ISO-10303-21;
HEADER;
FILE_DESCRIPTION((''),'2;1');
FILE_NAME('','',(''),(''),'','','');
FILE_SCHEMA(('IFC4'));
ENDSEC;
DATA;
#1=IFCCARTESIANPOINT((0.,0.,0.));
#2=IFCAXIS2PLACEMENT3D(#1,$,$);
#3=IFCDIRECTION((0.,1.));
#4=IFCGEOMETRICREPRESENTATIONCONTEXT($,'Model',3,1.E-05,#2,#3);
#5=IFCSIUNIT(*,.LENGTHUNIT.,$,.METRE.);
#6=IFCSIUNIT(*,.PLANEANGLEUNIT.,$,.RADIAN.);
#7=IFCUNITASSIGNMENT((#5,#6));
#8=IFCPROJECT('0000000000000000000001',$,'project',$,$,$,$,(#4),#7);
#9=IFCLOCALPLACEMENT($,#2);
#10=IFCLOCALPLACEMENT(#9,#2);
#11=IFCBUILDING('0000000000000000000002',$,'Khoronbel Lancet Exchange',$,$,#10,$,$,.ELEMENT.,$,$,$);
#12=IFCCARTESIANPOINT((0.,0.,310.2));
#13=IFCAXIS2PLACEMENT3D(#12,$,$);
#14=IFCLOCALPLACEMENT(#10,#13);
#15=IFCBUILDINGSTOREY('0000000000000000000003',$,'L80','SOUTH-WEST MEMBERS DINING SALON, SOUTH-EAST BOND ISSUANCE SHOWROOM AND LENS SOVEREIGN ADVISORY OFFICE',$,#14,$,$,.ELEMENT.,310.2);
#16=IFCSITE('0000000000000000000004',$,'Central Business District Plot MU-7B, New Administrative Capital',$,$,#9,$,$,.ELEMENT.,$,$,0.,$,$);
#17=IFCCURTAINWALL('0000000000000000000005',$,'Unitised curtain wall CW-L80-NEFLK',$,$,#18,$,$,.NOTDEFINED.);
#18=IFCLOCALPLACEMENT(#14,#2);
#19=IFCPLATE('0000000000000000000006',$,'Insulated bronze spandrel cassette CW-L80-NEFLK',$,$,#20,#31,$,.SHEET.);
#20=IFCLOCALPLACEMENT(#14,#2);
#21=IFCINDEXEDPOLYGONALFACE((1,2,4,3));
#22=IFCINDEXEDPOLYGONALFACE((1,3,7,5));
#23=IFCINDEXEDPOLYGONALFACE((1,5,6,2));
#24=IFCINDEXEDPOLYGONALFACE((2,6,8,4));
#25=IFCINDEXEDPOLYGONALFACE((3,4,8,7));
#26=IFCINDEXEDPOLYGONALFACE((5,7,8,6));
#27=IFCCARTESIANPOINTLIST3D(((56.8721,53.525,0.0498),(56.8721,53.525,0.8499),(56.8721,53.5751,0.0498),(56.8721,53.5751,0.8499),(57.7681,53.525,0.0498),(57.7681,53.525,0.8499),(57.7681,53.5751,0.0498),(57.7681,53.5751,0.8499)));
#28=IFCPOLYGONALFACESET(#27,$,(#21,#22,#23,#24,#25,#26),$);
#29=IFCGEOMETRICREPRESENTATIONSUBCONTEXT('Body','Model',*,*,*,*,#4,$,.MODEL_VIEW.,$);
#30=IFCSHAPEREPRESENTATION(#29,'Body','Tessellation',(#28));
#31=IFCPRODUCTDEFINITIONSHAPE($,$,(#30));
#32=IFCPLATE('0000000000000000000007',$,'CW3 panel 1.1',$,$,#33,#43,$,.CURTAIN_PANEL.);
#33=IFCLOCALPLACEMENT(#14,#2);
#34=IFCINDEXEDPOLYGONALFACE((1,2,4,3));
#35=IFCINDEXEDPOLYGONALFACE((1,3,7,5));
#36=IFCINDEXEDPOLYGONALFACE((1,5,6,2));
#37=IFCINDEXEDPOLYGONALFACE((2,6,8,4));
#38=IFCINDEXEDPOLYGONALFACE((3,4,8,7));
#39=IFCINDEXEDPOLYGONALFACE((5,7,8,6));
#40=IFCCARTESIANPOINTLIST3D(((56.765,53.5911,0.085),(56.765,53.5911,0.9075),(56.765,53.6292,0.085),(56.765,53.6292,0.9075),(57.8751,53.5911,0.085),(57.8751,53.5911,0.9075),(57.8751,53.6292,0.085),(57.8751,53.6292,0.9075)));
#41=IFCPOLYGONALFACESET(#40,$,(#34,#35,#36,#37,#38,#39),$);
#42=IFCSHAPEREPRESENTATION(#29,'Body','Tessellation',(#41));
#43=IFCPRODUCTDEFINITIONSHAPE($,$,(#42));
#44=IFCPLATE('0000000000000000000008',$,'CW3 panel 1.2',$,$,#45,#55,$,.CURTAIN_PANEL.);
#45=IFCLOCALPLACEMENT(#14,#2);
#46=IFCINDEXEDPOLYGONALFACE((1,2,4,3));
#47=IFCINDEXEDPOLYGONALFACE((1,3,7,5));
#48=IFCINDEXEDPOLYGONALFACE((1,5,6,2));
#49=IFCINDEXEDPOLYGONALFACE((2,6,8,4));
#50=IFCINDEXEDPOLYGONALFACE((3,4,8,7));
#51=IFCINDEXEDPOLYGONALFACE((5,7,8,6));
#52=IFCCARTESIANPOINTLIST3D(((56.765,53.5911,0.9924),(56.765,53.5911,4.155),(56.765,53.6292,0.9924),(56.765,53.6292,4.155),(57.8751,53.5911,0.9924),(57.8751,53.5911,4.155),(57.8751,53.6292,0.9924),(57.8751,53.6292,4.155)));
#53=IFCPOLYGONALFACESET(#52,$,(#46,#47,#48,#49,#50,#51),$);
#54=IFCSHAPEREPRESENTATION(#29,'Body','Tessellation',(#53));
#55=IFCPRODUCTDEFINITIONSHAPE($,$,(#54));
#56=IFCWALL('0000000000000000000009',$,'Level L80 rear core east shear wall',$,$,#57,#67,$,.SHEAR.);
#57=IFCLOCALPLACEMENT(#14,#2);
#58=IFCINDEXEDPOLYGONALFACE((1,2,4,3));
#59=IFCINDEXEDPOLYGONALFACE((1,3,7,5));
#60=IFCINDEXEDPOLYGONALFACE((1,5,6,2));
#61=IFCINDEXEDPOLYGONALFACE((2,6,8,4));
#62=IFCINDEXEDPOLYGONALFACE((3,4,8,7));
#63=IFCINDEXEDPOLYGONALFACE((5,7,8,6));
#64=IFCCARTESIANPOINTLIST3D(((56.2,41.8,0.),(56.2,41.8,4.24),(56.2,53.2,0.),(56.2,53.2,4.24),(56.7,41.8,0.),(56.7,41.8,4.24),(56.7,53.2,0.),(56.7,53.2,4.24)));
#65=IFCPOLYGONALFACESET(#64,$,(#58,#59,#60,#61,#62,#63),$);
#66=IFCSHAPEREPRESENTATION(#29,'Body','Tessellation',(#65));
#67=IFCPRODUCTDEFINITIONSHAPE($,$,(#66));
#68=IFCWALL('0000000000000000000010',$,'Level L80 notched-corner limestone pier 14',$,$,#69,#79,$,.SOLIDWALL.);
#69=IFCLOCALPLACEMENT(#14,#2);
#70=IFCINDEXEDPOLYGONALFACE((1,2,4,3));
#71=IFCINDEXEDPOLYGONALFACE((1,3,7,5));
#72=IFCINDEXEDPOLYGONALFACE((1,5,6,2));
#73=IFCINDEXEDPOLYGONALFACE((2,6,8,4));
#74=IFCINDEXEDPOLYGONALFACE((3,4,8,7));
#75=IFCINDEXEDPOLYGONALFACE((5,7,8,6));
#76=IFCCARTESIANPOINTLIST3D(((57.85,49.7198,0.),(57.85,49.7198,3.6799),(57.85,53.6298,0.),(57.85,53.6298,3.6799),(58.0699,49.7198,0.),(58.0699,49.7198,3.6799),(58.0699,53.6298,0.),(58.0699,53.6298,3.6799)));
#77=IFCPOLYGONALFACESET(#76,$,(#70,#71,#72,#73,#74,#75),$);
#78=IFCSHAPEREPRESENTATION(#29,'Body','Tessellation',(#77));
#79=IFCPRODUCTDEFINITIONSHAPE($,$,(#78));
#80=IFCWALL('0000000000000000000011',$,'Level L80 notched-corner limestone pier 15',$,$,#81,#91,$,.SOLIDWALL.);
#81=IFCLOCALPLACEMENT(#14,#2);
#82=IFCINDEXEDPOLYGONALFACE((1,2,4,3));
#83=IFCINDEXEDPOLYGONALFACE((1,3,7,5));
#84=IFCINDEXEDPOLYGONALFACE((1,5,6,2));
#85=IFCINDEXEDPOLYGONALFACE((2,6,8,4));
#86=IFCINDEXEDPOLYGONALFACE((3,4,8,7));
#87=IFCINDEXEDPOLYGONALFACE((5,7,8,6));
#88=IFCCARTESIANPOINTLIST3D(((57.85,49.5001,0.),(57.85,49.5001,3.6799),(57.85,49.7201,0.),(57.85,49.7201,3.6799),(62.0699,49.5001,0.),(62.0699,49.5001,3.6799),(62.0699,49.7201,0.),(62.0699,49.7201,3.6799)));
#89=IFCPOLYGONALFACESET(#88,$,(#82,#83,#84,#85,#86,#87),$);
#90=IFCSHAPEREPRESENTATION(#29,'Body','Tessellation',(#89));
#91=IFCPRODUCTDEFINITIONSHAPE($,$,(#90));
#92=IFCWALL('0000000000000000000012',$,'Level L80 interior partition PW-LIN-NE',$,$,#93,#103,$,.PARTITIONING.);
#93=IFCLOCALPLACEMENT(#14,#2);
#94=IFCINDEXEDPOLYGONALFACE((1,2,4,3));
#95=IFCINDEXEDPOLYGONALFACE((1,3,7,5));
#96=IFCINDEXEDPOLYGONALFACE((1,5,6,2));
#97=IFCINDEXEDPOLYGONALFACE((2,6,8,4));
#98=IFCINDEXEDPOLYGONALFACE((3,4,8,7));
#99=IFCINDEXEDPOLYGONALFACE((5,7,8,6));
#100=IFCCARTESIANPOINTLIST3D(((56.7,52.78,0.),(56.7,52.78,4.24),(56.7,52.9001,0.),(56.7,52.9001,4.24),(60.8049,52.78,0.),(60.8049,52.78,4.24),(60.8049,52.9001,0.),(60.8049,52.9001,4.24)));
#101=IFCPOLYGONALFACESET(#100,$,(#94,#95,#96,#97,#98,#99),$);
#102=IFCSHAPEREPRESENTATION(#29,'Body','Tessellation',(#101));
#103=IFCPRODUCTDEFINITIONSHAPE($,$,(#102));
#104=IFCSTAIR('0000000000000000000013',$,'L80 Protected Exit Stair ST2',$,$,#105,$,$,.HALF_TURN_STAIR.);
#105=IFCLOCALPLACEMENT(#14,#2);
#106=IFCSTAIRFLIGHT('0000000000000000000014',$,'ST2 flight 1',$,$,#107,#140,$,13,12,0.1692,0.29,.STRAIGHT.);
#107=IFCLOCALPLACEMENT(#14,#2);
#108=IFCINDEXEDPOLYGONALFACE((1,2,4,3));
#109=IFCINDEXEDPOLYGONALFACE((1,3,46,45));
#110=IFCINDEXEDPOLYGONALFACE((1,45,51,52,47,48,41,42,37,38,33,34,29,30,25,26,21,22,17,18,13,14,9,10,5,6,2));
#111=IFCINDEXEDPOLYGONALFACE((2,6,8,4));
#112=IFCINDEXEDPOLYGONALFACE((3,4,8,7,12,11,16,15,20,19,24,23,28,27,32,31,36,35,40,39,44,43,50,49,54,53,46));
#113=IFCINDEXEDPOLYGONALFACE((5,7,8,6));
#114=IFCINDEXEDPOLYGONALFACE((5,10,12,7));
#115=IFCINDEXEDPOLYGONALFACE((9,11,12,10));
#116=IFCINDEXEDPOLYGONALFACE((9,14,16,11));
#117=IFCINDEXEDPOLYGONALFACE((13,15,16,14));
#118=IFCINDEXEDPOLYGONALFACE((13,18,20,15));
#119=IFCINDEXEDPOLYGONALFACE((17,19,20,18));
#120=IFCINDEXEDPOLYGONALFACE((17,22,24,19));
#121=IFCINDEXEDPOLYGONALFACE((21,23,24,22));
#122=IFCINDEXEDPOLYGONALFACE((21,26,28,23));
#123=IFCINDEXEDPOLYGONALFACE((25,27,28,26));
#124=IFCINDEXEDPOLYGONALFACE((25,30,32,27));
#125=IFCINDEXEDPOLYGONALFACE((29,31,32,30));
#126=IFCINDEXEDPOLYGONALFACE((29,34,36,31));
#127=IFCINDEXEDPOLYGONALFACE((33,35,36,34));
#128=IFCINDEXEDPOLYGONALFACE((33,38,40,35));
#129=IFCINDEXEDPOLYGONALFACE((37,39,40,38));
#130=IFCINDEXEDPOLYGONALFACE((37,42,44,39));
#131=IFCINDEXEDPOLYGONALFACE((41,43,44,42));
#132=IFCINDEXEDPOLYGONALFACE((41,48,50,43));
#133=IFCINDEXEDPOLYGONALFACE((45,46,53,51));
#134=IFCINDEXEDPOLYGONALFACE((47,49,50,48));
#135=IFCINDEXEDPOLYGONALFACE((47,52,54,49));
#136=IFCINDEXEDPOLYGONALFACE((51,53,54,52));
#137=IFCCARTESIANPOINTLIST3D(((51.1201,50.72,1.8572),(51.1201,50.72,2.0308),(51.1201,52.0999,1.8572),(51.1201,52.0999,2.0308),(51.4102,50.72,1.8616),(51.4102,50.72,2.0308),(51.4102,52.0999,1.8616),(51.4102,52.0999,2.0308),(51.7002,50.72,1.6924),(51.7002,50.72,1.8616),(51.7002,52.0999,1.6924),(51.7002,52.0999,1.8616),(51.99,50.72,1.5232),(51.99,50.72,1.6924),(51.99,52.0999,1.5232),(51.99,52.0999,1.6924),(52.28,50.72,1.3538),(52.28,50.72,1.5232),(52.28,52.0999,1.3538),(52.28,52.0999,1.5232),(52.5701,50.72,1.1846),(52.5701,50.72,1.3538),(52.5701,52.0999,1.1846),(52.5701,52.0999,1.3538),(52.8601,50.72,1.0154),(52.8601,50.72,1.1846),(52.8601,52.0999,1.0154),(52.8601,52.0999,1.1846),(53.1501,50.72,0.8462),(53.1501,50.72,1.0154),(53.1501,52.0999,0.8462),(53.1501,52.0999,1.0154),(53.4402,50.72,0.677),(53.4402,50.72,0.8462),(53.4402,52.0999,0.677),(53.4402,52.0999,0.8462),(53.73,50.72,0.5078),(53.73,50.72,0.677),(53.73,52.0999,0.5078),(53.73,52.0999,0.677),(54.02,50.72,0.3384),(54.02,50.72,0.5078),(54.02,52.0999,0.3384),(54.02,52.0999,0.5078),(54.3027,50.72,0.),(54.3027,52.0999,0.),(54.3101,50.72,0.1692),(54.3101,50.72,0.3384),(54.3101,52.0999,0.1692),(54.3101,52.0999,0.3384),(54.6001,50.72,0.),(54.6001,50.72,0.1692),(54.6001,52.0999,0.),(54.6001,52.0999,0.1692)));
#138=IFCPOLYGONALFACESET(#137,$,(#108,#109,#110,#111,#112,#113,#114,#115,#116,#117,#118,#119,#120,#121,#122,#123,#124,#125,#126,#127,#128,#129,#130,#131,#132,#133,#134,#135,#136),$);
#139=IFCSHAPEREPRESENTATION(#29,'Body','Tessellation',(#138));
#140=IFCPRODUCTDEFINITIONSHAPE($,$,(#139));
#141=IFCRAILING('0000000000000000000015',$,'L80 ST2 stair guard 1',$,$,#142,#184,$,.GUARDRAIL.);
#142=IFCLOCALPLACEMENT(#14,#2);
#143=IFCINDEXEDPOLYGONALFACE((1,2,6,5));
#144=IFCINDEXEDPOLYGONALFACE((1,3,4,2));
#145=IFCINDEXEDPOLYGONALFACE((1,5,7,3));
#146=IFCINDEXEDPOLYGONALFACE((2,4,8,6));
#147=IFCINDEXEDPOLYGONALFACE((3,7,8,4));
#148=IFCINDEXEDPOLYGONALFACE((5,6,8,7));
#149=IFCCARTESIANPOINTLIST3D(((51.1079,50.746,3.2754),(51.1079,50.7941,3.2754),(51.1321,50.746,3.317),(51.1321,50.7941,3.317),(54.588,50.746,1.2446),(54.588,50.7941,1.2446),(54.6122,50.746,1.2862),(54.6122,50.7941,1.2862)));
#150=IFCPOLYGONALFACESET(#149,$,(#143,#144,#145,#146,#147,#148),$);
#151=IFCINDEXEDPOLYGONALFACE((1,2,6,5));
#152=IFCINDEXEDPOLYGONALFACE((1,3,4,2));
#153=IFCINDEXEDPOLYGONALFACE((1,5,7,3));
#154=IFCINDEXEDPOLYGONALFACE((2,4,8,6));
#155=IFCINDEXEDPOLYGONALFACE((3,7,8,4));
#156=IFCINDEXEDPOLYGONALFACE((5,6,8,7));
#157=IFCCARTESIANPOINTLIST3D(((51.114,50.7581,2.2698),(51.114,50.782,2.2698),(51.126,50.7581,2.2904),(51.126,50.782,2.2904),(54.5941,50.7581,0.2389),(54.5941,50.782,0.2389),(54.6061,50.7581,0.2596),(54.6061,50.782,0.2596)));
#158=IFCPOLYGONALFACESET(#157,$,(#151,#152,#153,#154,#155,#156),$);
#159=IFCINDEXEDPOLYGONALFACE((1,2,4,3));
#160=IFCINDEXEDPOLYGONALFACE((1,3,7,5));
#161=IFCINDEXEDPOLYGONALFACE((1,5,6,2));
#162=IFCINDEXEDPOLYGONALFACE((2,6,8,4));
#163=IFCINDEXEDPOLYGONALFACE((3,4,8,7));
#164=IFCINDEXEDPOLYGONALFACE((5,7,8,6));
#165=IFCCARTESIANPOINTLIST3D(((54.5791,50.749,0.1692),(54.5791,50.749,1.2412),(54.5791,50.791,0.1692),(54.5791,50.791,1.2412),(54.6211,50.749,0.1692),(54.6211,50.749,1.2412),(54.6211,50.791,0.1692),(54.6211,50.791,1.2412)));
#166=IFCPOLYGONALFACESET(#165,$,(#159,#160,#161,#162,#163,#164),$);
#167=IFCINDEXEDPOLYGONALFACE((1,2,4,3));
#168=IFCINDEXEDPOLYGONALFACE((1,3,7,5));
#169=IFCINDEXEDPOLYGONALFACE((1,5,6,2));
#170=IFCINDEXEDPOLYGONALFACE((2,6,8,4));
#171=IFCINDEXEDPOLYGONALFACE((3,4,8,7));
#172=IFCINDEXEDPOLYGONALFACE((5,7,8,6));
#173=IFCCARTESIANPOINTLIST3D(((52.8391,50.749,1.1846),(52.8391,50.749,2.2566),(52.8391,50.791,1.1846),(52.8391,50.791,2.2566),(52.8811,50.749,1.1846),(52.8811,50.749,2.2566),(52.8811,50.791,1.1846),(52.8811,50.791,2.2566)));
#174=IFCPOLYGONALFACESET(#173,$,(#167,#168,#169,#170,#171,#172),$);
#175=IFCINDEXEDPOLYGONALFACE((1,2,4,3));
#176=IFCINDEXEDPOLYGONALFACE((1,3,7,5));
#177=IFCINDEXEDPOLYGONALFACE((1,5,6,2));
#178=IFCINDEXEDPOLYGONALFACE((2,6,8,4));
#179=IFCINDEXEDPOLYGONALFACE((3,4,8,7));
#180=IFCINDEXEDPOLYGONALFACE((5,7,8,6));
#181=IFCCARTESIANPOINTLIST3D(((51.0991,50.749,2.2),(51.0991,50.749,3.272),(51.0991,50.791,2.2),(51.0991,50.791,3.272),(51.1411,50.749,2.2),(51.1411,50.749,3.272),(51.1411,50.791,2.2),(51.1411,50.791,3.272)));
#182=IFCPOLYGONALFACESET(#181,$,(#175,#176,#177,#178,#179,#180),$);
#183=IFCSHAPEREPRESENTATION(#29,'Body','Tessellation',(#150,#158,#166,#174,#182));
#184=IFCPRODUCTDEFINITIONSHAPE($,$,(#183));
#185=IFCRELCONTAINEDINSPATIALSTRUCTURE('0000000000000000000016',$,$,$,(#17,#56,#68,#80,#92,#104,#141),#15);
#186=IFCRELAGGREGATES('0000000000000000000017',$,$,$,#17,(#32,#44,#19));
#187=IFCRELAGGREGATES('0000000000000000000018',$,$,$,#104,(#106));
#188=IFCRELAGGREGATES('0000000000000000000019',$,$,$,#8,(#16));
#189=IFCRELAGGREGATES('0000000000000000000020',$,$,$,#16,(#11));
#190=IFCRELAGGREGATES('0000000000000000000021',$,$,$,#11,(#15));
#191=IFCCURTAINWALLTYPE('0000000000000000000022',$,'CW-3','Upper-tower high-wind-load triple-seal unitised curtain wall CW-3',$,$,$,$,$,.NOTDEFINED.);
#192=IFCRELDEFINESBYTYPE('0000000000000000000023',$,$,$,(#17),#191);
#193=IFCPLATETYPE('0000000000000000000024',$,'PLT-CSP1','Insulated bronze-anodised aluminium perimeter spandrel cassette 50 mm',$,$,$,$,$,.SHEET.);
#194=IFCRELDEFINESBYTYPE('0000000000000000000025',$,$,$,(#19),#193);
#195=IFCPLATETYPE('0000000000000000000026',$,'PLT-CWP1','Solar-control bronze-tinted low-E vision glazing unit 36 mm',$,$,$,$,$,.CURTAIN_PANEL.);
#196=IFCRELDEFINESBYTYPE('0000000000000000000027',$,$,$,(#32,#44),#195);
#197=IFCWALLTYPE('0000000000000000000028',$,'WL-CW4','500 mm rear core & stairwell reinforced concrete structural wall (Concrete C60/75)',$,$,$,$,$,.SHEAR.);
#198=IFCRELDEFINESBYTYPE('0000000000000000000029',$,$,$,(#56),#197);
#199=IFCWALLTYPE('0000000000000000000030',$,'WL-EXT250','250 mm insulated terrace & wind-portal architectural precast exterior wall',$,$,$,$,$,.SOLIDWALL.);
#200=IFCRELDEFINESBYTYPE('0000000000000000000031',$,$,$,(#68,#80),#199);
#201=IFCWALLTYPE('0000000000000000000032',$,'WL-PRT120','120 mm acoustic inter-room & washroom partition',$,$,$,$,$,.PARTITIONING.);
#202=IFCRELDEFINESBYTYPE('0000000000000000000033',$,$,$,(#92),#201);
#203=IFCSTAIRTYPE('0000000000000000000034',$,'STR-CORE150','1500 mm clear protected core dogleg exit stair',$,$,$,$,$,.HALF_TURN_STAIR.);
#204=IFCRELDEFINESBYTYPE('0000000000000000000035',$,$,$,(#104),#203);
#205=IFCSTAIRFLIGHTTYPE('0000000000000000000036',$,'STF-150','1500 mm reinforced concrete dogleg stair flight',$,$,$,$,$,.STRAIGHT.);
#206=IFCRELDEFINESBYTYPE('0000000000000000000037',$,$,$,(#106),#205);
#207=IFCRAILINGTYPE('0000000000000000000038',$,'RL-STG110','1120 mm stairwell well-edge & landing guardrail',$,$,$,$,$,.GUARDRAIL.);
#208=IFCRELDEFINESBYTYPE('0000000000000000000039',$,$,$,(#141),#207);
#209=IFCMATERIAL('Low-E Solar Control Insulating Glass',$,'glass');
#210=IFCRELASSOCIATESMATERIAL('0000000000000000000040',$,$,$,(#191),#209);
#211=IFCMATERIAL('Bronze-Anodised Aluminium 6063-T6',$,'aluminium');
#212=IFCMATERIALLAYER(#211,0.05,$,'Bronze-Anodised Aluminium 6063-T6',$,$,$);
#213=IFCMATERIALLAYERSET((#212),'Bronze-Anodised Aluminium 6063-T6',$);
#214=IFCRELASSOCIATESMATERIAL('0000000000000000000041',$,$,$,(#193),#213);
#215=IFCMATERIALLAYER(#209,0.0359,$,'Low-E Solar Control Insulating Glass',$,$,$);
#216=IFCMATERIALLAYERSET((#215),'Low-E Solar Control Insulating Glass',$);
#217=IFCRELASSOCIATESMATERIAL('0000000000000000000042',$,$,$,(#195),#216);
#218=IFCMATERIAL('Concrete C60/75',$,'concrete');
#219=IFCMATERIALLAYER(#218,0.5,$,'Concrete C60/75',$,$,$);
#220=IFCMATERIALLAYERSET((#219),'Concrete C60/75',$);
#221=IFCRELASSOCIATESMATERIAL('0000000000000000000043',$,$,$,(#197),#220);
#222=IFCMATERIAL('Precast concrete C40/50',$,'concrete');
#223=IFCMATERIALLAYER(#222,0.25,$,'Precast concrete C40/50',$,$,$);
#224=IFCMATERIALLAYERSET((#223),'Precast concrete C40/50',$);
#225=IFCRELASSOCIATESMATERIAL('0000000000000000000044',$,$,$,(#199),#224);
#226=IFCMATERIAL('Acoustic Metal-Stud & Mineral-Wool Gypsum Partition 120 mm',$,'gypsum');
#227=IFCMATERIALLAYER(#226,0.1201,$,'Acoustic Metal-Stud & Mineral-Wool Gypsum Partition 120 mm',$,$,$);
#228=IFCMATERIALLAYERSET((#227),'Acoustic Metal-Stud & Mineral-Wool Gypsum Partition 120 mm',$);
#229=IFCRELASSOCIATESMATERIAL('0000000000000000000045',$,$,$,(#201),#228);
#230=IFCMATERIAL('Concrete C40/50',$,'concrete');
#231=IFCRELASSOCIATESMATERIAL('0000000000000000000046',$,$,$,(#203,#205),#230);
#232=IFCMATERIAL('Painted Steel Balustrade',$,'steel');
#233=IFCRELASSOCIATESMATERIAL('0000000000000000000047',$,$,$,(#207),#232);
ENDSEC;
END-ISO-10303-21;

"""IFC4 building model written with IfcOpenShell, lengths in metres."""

from ifc_helpers import new_model, si_unit, direction, frame, frame_2d, origin, origin_2d, place, context, subcontext, project, spatial, polyline, rectangle, outline, extrude, material, layer, layer_set, type_object, element, aggregate, save


model = new_model("IFC4")

# Units and contexts
model_context = context("Model", 3, precision=1e-05, world=origin(), true_north=direction((0.0, 1.0)))
body_context = subcontext(model_context, "Body", "Model", "MODEL_VIEW")
ifc_project = project(units=[si_unit("LENGTHUNIT", "METRE"), si_unit("PLANEANGLEUNIT", "RADIAN")], contexts=[model_context])

# Site, building, storey
site_placement = place(None, origin())
site = spatial("IfcSite", under=ifc_project, at=site_placement, Name="Central Business District Plot MU-7B, New Administrative Capital", CompositionType="ELEMENT", RefElevation=0.0)
building_placement = place(site_placement, origin())
building = spatial("IfcBuilding", under=site, at=building_placement, Name="Khoronbel Lancet Exchange", CompositionType="ELEMENT")
storey_placement = place(building_placement, frame((0.0, 0.0, 310.2)))
storey = spatial("IfcBuildingStorey", under=building, at=storey_placement, Name="L80", Description="SOUTH-WEST MEMBERS DINING SALON, SOUTH-EAST BOND ISSUANCE SHOWROOM AND LENS SOVEREIGN ADVISORY OFFICE", CompositionType="ELEMENT", Elevation=310.2)

# Curtain wall, plates
ifc_material_1 = material(Name="Low-E Solar Control Insulating Glass", Category="glass")
curtain_wall_type = type_object("IfcCurtainWallType", Name="CW-3", Description="Upper-tower high-wind-load triple-seal unitised curtain wall CW-3", PredefinedType="NOTDEFINED", material=ifc_material_1)
curtain_wall_placement = place(storey_placement, origin())
curtain_wall = element("IfcCurtainWall", 1, at=curtain_wall_placement, inside=storey, type_object=curtain_wall_type, Name="Unitised curtain wall CW-L80-NEFLK", PredefinedType="NOTDEFINED")
ifc_material_2 = material(Name="Bronze-Anodised Aluminium 6063-T6", Category="aluminium")
ifc_layer_1 = layer(ifc_material_2, 0.05, Name="Bronze-Anodised Aluminium 6063-T6")
ifc_layer_set_1 = layer_set([ifc_layer_1], Name="Bronze-Anodised Aluminium 6063-T6")
plate_type_1 = type_object("IfcPlateType", Name="PLT-CSP1", Description="Insulated bronze-anodised aluminium perimeter spandrel cassette 50 mm", PredefinedType="SHEET", material=ifc_layer_set_1)
plate_1_placement = place(storey_placement, frame((57.3201, 53.55, 0.0498), z_axis=(0.0, 0.0, 1.0), x_axis=(-1.0, 0.0, 0.0)))
plate_1 = element("IfcPlate", 2, at=plate_1_placement, type_object=plate_type_1, Name="Insulated bronze spandrel cassette CW-L80-NEFLK", PredefinedType="SHEET", context=body_context, shape_type="SweptSolid", body=[
    extrude(rectangle(XDim=0.896, YDim=0.05, at=origin_2d()), origin(), (0.0, 0.0, 1.0), 0.8),
])
ifc_layer_2 = layer(ifc_material_1, 0.0359, Name="Low-E Solar Control Insulating Glass")
ifc_layer_set_2 = layer_set([ifc_layer_2], Name="Low-E Solar Control Insulating Glass")
plate_type_2 = type_object("IfcPlateType", Name="PLT-CWP1", Description="Solar-control bronze-tinted low-E vision glazing unit 36 mm", PredefinedType="CURTAIN_PANEL", material=ifc_layer_set_2)
plate_2_placement = place(storey_placement, frame((57.3201, 53.6101, 0.085), z_axis=(0.0, 0.0, 1.0), x_axis=(-1.0, 0.0, 0.0)))
plate_2 = element("IfcPlate", 3, at=plate_2_placement, type_object=plate_type_2, Name="CW3 panel 1.1", PredefinedType="CURTAIN_PANEL", context=body_context, shape_type="SweptSolid", body=[
    extrude(rectangle(XDim=1.1101, YDim=0.0381, at=origin_2d()), origin(), (0.0, 0.0, 1.0), 0.8225),
])
plate_3_placement = place(storey_placement, frame((57.3201, 53.6101, 0.9924), z_axis=(0.0, 0.0, 1.0), x_axis=(-1.0, 0.0, 0.0)))
plate_3 = element("IfcPlate", 4, at=plate_3_placement, type_object=plate_type_2, Name="CW3 panel 1.2", PredefinedType="CURTAIN_PANEL", context=body_context, shape_type="SweptSolid", body=[
    extrude(rectangle(XDim=1.1101, YDim=0.0381, at=origin_2d()), origin(), (0.0, 0.0, 1.0), 3.1626),
])
aggregate(curtain_wall, [plate_2, plate_3, plate_1])

# Walls
ifc_material_3 = material(Name="Concrete C60/75", Category="concrete")
ifc_layer_3 = layer(ifc_material_3, 0.5, Name="Concrete C60/75")
ifc_layer_set_3 = layer_set([ifc_layer_3], Name="Concrete C60/75")
wall_type_1 = type_object("IfcWallType", Name="WL-CW4", Description="500 mm rear core & stairwell reinforced concrete structural wall (Concrete C60/75)", PredefinedType="SHEAR", material=ifc_layer_set_3)
wall_1_placement = place(storey_placement, frame((56.45, 53.2, 0.0), z_axis=(0.0, 0.0, 1.0), x_axis=(0.0, -1.0, 0.0)))
element("IfcWall", 5, at=wall_1_placement, inside=storey, type_object=wall_type_1, Name="Level L80 rear core east shear wall", PredefinedType="SHEAR", context=body_context, shape_type="SweptSolid", body=[
    extrude(rectangle(XDim=11.3999, YDim=0.5, at=frame_2d((5.7, 0.0))), origin(), (0.0, 0.0, 1.0), 4.24),
])
ifc_material_4 = material(Name="Precast concrete C40/50", Category="concrete")
ifc_layer_4 = layer(ifc_material_4, 0.25, Name="Precast concrete C40/50")
ifc_layer_set_4 = layer_set([ifc_layer_4], Name="Precast concrete C40/50")
wall_type_2 = type_object("IfcWallType", Name="WL-EXT250", Description="250 mm insulated terrace & wind-portal architectural precast exterior wall", PredefinedType="SOLIDWALL", material=ifc_layer_set_4)
wall_2_placement = place(storey_placement, frame((57.96, 53.6299, 0.0), z_axis=(0.0, 0.0, 1.0), x_axis=(0.0, -1.0, 0.0)))
element("IfcWall", 6, at=wall_2_placement, inside=storey, type_object=wall_type_2, Name="Level L80 notched-corner limestone pier 14", PredefinedType="SOLIDWALL", context=body_context, shape_type="SweptSolid", body=[
    extrude(rectangle(XDim=3.9099, YDim=0.22, at=frame_2d((1.9551, 0.0))), origin(), (0.0, 0.0, 1.0), 3.6799),
])
wall_3_placement = place(storey_placement, frame((57.8501, 49.6101, 0.0), z_axis=(0.0, 0.0, 1.0), x_axis=(1.0, 0.0, 0.0)))
element("IfcWall", 7, at=wall_3_placement, inside=storey, type_object=wall_type_2, Name="Level L80 notched-corner limestone pier 15", PredefinedType="SOLIDWALL", context=body_context, shape_type="SweptSolid", body=[
    extrude(rectangle(XDim=4.22, YDim=0.22, at=frame_2d((2.1099, 0.0))), origin(), (0.0, 0.0, 1.0), 3.6799),
])
ifc_material_5 = material(Name="Acoustic Metal-Stud & Mineral-Wool Gypsum Partition 120 mm", Category="gypsum")
ifc_layer_5 = layer(ifc_material_5, 0.1201, Name="Acoustic Metal-Stud & Mineral-Wool Gypsum Partition 120 mm")
ifc_layer_set_5 = layer_set([ifc_layer_5], Name="Acoustic Metal-Stud & Mineral-Wool Gypsum Partition 120 mm")
wall_type_3 = type_object("IfcWallType", Name="WL-PRT120", Description="120 mm acoustic inter-room & washroom partition", PredefinedType="PARTITIONING", material=ifc_layer_set_5)
wall_4_placement = place(storey_placement, frame((56.7, 52.8401, 0.0), z_axis=(0.0, 0.0, 1.0), x_axis=(1.0, 0.0, 0.0)))
element("IfcWall", 8, at=wall_4_placement, inside=storey, type_object=wall_type_3, Name="Level L80 interior partition PW-LIN-NE", PredefinedType="PARTITIONING", context=body_context, shape_type="SweptSolid", body=[
    extrude(rectangle(XDim=4.105, YDim=0.1201, at=frame_2d((2.0525, 0.0))), origin(), (0.0, 0.0, 1.0), 4.24),
])

# Stair, stair flight
ifc_material_6 = material(Name="Concrete C40/50", Category="concrete")
stair_type = type_object("IfcStairType", Name="STR-CORE150", Description="1500 mm clear protected core dogleg exit stair", PredefinedType="HALF_TURN_STAIR", material=ifc_material_6)
stair_placement = place(storey_placement, origin())
stair = element("IfcStair", 9, at=stair_placement, inside=storey, type_object=stair_type, Name="L80 Protected Exit Stair ST2", PredefinedType="HALF_TURN_STAIR")
stair_flight_type = type_object("IfcStairFlightType", Name="STF-150", Description="1500 mm reinforced concrete dogleg stair flight", PredefinedType="STRAIGHT", material=ifc_material_6)
stair_flight_placement = place(storey_placement, frame((54.6001, 51.4099, 0.0), z_axis=(0.0, 0.0, 1.0), x_axis=(-1.0, 0.0, 0.0)))
stair_flight = element("IfcStairFlight", 10, at=stair_flight_placement, type_object=stair_flight_type, Name="ST2 flight 1", NumberOfRisers=13, NumberOfTreads=12, PredefinedType="STRAIGHT", RiserHeight=0.1692, TreadLength=0.29, context=body_context, shape_type="SweptSolid", body=[
    extrude(outline(polyline([(0.0, 0.0), (0.0, 0.1692), (0.29, 0.1692), (0.29, 0.3384), (0.5801, 0.3384), (0.5801, 0.5078), (0.8701, 0.5078), (0.8701, 0.677), (1.1599, 0.677), (1.1599, 0.8462), (1.45, 0.8462), (1.45, 1.0154), (1.74, 1.0154), (1.74, 1.1846), (2.03, 1.1846), (2.03, 1.3538), (2.3201, 1.3538), (2.3201, 1.5232), (2.6101, 1.5232), (2.6101, 1.6924), (2.8999, 1.6924), (2.8999, 1.8616), (3.1899, 1.8616), (3.1899, 2.0308), (3.48, 2.0308), (3.48, 2.2), (3.48, 1.8572), (0.2974, 0.0), (0.0, 0.0)])), frame((0.0, 0.6899, 0.0), z_axis=(0.0, -1.0, 0.0), x_axis=(1.0, 0.0, 0.0)), (0.0, 0.0, 1.0), 1.3799),
])
aggregate(stair, [stair_flight])

# Railing
ifc_material_7 = material(Name="Painted Steel Balustrade", Category="steel")
railing_type_1 = type_object("IfcRailingType", Name="RL-STG110", Description="1120 mm stairwell well-edge & landing guardrail", PredefinedType="GUARDRAIL", material=ifc_material_7)
railing_1_placement = place(storey_placement, frame((54.6001, 50.77, 0.1692)))
element("IfcRailing", 11, at=railing_1_placement, inside=storey, type_object=railing_type_1, Name="L80 ST2 stair guard 1", PredefinedType="GUARDRAIL", context=body_context, shape_type="SweptSolid", body=[
    extrude(rectangle(XDim=0.0481, YDim=0.0481, at=origin_2d()), frame((0.0, 0.0, 1.0962), z_axis=(-0.863695, 0.0, 0.504014), x_axis=(0.0, -1.0, 0.0)), (0.0, 0.0, 1.0), 4.0293),
    extrude(rectangle(XDim=0.0239, YDim=0.0239, at=origin_2d()), frame((0.0, 0.0, 0.0801), z_axis=(-0.863695, 0.0, 0.504014), x_axis=(0.0, -1.0, 0.0)), (0.0, 0.0, 1.0), 4.0293),
    extrude(rectangle(XDim=0.042, YDim=0.042, at=origin_2d()), origin(), (0.0, 0.0, 1.0), 1.072),
    extrude(rectangle(XDim=0.042, YDim=0.042, at=origin_2d()), frame((-1.74, 0.0, 1.0154)), (0.0, 0.0, 1.0), 1.072),
    extrude(rectangle(XDim=0.042, YDim=0.042, at=origin_2d()), frame((-3.48, 0.0, 2.0308)), (0.0, 0.0, 1.0), 1.072),
])

save(model, "model.ifc")
